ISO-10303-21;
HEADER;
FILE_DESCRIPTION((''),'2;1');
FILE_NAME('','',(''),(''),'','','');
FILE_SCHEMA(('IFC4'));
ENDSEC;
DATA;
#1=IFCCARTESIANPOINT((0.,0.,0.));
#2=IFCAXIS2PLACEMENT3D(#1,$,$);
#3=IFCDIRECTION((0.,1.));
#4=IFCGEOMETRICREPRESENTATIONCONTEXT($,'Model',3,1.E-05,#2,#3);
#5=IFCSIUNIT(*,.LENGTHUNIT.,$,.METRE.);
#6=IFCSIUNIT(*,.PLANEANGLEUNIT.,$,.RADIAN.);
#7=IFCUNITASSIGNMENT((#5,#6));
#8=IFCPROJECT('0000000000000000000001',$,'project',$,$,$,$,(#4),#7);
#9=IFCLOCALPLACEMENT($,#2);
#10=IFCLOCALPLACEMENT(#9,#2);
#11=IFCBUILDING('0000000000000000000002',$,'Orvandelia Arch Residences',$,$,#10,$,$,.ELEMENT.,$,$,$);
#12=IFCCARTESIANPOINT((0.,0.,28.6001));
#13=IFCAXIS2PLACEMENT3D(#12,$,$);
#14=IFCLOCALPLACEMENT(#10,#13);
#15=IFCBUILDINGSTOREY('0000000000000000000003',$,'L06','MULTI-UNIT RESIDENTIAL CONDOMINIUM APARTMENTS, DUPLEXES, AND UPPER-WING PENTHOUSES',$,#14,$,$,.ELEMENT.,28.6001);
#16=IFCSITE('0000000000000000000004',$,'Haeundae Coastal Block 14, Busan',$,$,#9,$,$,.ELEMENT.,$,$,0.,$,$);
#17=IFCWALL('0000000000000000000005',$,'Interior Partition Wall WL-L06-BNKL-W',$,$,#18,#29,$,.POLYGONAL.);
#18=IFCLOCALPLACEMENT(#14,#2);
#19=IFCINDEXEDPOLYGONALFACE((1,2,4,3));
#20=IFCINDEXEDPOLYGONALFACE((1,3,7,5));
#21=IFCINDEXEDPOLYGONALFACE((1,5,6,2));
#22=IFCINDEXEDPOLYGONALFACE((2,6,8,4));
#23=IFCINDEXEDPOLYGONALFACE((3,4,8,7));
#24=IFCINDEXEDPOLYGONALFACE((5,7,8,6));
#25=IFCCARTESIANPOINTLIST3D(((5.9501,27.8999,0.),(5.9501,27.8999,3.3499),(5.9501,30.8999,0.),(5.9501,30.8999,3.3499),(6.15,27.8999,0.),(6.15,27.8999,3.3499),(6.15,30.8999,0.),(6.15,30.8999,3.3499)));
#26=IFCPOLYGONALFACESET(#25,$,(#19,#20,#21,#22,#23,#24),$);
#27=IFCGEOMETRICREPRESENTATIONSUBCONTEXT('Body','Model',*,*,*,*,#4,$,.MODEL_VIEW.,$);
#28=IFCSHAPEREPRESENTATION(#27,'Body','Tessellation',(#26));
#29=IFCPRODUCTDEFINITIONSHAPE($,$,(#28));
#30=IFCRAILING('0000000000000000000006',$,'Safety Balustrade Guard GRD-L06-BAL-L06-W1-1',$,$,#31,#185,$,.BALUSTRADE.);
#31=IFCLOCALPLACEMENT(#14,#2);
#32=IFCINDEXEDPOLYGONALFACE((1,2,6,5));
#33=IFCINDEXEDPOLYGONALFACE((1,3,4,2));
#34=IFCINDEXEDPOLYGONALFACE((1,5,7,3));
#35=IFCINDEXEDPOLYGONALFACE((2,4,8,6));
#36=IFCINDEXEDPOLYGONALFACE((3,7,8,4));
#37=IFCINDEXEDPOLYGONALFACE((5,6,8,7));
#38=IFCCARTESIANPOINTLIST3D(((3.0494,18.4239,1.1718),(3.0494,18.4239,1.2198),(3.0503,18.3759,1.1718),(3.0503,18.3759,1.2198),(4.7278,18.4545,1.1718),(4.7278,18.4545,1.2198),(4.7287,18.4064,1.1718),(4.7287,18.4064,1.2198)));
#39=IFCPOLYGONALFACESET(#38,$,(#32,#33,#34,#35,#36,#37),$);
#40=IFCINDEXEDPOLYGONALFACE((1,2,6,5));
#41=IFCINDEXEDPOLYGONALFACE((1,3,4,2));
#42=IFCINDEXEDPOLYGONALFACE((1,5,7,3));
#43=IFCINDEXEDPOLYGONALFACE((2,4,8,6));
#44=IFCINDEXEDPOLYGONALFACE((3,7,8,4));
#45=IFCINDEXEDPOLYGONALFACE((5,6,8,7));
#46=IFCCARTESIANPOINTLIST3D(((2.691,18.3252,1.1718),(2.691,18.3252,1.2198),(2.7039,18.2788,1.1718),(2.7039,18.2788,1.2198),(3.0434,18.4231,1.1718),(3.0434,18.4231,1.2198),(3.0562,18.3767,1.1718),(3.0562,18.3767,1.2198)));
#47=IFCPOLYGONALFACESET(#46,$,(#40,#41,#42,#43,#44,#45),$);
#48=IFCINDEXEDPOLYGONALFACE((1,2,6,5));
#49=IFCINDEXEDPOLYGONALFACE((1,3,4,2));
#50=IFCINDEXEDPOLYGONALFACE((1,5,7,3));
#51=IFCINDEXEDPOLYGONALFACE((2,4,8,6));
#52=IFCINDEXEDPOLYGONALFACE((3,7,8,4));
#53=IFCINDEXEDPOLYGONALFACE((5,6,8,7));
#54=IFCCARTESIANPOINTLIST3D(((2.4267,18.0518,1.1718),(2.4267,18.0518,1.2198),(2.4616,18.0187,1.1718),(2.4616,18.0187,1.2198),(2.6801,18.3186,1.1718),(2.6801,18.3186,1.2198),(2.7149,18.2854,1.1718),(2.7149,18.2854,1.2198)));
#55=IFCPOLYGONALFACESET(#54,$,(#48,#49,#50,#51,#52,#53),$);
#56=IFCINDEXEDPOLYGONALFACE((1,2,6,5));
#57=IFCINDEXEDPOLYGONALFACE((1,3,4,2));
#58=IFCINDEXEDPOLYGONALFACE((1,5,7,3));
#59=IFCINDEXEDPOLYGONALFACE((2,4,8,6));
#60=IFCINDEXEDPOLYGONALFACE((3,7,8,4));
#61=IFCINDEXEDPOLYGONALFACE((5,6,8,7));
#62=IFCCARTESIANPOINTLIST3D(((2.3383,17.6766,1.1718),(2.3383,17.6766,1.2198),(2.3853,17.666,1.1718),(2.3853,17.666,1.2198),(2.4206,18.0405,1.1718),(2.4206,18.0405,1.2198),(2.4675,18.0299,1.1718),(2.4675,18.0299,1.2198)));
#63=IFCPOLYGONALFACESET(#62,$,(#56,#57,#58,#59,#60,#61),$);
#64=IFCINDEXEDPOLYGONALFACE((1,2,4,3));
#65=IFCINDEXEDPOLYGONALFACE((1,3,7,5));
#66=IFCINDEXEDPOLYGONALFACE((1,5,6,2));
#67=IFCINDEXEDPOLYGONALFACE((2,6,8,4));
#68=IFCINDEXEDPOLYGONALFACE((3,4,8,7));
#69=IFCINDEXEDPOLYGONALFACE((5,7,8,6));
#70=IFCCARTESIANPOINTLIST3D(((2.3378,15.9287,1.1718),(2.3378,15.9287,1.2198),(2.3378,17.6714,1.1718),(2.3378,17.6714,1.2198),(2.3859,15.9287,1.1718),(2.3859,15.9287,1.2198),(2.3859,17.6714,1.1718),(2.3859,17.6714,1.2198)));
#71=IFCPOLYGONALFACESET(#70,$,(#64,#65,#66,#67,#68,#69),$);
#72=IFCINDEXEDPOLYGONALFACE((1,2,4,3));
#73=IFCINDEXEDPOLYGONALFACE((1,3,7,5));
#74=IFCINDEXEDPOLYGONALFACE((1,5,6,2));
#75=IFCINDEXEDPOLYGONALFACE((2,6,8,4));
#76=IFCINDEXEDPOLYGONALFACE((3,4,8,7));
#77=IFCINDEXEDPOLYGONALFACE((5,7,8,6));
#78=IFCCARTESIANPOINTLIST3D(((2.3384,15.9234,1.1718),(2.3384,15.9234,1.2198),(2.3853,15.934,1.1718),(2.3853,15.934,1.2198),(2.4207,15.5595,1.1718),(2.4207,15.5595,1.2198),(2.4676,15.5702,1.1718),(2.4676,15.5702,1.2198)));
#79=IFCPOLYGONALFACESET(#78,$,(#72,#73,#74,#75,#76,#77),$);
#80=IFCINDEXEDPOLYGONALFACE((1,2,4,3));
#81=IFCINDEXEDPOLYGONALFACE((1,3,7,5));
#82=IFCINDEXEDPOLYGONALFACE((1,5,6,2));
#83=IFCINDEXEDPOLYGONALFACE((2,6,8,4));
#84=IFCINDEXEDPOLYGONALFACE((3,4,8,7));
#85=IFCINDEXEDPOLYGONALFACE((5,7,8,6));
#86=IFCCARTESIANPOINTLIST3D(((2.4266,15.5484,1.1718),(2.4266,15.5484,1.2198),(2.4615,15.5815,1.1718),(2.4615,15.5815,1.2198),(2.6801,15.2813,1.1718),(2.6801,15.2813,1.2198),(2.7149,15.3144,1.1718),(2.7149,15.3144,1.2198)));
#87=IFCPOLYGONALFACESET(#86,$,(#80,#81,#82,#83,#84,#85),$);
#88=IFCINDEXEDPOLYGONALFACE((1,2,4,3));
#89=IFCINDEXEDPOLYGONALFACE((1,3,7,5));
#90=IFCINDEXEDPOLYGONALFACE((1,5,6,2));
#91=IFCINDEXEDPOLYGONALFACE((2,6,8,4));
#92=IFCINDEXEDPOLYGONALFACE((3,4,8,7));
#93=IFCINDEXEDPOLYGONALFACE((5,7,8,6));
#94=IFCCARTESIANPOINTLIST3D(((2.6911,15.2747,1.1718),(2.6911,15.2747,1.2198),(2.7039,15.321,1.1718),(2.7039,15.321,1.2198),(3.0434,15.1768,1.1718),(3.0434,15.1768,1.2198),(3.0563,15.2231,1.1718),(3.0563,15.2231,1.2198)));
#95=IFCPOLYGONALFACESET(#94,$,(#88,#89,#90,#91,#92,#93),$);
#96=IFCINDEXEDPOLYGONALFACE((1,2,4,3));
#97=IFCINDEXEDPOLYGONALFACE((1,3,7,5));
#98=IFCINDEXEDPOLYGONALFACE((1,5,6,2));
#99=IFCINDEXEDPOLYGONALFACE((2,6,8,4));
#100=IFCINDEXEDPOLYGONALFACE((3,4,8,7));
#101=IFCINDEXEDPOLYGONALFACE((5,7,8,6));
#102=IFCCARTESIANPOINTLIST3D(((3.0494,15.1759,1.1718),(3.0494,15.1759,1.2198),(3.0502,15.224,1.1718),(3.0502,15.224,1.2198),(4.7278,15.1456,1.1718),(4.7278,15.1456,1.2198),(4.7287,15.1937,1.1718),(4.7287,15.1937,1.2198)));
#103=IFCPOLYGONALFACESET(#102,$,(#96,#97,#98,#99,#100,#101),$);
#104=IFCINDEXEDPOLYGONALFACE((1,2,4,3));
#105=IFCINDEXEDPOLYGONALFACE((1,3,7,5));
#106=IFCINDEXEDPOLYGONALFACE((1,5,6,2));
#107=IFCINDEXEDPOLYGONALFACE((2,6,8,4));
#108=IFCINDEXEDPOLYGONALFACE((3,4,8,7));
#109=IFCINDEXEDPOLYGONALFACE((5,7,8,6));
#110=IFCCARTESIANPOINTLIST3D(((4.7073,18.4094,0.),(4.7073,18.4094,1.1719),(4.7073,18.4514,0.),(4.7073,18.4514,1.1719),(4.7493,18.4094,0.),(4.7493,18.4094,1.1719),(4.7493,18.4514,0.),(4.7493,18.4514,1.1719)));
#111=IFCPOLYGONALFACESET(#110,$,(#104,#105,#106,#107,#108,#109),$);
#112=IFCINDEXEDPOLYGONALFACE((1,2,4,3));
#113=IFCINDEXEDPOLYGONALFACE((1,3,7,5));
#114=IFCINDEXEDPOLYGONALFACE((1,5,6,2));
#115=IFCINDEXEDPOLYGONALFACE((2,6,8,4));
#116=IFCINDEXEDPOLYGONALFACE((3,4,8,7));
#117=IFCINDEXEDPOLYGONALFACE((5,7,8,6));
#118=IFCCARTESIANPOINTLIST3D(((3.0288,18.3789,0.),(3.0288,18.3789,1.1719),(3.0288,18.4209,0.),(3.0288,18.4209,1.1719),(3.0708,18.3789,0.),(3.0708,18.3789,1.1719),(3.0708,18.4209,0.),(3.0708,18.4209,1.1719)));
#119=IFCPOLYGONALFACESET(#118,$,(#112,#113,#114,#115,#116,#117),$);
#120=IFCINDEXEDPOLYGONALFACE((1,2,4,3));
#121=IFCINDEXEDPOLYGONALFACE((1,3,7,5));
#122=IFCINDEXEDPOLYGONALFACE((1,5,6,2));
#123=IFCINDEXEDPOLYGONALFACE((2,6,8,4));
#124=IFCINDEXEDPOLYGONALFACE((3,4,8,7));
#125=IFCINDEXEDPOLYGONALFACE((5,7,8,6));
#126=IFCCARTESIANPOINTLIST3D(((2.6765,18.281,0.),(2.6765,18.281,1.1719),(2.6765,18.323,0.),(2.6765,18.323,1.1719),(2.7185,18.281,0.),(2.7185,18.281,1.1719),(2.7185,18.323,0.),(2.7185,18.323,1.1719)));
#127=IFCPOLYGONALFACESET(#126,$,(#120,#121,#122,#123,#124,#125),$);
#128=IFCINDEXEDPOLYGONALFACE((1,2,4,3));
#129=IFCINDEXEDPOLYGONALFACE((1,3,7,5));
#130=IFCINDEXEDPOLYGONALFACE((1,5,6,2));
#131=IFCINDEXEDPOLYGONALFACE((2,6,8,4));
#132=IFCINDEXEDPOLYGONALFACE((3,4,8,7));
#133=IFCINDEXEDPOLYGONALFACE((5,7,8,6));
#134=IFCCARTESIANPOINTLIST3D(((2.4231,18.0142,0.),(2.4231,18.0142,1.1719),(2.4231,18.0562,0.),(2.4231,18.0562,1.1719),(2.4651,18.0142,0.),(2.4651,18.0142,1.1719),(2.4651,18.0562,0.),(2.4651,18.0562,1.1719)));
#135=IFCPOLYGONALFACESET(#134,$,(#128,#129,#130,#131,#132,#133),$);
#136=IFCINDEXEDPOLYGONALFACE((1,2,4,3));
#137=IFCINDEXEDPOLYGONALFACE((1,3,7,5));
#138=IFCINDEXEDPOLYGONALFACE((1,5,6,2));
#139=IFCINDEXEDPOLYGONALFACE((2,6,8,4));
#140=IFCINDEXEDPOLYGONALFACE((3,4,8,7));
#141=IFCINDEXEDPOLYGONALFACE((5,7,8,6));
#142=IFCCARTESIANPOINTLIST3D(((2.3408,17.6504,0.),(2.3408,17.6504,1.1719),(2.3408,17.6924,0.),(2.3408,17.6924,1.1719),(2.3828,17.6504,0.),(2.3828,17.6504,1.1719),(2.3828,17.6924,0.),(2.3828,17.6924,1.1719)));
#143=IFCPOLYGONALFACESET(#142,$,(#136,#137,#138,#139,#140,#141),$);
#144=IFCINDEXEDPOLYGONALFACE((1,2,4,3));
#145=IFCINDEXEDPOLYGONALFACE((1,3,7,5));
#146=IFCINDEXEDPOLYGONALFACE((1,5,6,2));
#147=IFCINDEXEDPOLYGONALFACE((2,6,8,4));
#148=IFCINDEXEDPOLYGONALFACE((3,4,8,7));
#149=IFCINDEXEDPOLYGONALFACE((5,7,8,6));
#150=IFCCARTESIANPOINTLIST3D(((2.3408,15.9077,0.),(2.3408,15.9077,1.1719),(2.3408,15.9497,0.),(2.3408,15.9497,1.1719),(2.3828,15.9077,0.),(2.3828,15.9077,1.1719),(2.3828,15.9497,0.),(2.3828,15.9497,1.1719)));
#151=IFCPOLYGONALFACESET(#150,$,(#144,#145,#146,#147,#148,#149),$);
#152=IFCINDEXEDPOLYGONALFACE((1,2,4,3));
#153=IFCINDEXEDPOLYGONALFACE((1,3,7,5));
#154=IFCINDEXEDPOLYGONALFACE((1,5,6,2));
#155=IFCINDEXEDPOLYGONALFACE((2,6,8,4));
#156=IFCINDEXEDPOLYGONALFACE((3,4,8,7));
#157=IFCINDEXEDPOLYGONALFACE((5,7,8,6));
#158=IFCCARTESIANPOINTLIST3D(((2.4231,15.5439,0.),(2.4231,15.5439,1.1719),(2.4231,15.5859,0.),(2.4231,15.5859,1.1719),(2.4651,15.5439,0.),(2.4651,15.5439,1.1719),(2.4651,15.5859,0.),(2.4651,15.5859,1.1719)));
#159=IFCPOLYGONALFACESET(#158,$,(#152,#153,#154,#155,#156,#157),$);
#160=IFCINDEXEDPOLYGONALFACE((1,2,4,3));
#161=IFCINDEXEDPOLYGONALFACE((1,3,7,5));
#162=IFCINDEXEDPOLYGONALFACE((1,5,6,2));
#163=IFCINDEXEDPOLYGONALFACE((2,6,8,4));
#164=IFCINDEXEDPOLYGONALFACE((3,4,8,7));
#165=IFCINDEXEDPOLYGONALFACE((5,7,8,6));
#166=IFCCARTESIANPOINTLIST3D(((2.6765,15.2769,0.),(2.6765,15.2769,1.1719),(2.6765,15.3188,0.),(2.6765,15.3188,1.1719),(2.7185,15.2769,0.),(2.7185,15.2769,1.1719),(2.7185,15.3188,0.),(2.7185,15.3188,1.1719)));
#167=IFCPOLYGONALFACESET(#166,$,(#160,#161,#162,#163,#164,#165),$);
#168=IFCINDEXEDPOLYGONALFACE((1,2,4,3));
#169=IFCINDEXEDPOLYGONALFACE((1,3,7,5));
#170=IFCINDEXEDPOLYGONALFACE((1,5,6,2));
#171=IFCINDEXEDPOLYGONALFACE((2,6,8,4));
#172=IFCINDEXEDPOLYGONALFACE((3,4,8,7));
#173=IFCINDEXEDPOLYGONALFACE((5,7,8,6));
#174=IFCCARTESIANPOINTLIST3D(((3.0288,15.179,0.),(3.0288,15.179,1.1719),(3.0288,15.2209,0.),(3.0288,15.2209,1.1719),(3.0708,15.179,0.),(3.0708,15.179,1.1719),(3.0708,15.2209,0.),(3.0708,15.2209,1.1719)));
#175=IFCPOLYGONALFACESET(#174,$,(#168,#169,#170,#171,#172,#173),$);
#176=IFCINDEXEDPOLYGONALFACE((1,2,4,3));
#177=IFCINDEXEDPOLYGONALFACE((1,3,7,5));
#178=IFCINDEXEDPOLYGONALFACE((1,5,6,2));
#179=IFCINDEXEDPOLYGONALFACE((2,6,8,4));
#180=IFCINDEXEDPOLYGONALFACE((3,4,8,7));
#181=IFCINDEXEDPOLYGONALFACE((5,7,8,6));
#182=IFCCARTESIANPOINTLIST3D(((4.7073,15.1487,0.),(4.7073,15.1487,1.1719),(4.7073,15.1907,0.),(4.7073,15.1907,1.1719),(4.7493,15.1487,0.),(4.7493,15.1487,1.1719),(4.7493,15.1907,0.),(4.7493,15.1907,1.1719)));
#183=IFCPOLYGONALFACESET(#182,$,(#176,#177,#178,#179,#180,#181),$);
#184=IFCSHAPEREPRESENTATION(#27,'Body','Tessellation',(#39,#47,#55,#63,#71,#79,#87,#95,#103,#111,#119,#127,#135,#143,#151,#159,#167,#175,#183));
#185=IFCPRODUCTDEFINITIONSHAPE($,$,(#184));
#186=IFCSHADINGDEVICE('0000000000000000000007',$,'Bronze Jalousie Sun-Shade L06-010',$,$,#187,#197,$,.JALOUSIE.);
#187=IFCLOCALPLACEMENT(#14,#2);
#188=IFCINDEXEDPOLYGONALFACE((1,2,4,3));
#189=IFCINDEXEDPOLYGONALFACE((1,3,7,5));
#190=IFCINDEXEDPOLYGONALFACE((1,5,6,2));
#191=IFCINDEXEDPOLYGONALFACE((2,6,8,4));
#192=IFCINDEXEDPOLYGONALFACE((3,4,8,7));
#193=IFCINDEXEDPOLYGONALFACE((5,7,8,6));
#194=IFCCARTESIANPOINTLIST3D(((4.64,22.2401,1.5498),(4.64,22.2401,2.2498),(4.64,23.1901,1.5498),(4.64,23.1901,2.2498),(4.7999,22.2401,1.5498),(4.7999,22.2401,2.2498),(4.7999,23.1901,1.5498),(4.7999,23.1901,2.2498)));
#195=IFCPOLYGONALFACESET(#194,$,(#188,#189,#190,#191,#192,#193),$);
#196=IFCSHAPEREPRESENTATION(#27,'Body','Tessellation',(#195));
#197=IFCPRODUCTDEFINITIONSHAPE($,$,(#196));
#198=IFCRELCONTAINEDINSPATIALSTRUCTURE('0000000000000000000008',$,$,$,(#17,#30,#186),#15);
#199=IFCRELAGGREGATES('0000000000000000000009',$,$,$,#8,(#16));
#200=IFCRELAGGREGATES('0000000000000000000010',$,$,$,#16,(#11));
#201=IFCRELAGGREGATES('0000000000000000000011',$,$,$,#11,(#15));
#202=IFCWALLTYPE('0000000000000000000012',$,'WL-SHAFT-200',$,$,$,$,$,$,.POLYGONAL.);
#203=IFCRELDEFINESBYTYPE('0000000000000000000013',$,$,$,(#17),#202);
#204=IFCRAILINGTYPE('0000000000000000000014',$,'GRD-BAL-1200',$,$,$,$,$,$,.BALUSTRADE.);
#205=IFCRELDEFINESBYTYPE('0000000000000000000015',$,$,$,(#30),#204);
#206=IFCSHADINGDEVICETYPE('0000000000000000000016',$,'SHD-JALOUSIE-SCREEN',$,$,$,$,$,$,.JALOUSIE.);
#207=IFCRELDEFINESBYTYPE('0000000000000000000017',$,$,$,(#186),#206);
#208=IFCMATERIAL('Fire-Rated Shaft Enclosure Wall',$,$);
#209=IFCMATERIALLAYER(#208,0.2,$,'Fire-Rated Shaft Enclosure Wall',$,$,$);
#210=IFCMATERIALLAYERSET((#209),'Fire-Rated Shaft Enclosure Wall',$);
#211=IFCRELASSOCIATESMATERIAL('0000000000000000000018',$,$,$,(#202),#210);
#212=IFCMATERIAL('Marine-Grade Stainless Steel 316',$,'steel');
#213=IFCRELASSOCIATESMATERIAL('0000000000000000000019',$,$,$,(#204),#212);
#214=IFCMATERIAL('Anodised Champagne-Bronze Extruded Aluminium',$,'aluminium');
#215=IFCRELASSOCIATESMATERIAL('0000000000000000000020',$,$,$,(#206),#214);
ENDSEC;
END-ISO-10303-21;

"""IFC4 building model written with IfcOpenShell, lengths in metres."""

from ifc_helpers import new_model, si_unit, direction, frame, frame_2d, origin, origin_2d, place, context, subcontext, project, spatial, rectangle, extrude, material, layer, layer_set, type_object, element, save


model = new_model("IFC4")

# Units and contexts
model_context = context("Model", 3, precision=1e-05, world=origin(), true_north=direction((0.0, 1.0)))
body_context = subcontext(model_context, "Body", "Model", "MODEL_VIEW")
ifc_project = project(units=[si_unit("LENGTHUNIT", "METRE"), si_unit("PLANEANGLEUNIT", "RADIAN")], contexts=[model_context])

# Site, building, storey
site_placement = place(None, origin())
site = spatial("IfcSite", under=ifc_project, at=site_placement, Name="Haeundae Coastal Block 14, Busan", CompositionType="ELEMENT", RefElevation=0.0)
building_placement = place(site_placement, origin())
building = spatial("IfcBuilding", under=site, at=building_placement, Name="Orvandelia Arch Residences", CompositionType="ELEMENT")
storey_placement = place(building_placement, frame((0.0, 0.0, 28.6001)))
storey = spatial("IfcBuildingStorey", under=building, at=storey_placement, Name="L06", Description="MULTI-UNIT RESIDENTIAL CONDOMINIUM APARTMENTS, DUPLEXES, AND UPPER-WING PENTHOUSES", CompositionType="ELEMENT", Elevation=28.6001)

# Shared definitions
ifc_material_1 = material(Name="Fire-Rated Shaft Enclosure Wall")
ifc_layer_1 = layer(ifc_material_1, 0.2, Name="Fire-Rated Shaft Enclosure Wall")
ifc_layer_set_1 = layer_set([ifc_layer_1], Name="Fire-Rated Shaft Enclosure Wall")
wall_type_1 = type_object("IfcWallType", Name="WL-SHAFT-200", PredefinedType="POLYGONAL", material=ifc_layer_set_1)

# Wall
wall_1_placement = place(storey_placement, frame((6.05, 27.8999, 0.0), z_axis=(0.0, 0.0, 1.0), x_axis=(0.0, 1.0, 0.0)))
element("IfcWall", 1, at=wall_1_placement, inside=storey, type_object=wall_type_1, Name="Interior Partition Wall WL-L06-BNKL-W", PredefinedType="POLYGONAL", context=body_context, shape_type="SweptSolid", body=[
    extrude(rectangle(XDim=3.0, YDim=0.2, at=frame_2d((1.5, 0.0))), origin(), (0.0, 0.0, 1.0), 3.3499),
])

# Railing
ifc_material_2 = material(Name="Marine-Grade Stainless Steel 316", Category="steel")
railing_type = type_object("IfcRailingType", Name="GRD-BAL-1200", PredefinedType="BALUSTRADE", material=ifc_material_2)
railing_placement = place(storey_placement, frame((4.7283, 18.4304, 0.0)))
element("IfcRailing", 2, at=railing_placement, inside=storey, type_object=railing_type, Name="Safety Balustrade Guard GRD-L06-BAL-L06-W1-1", PredefinedType="BALUSTRADE", context=body_context, shape_type="SweptSolid", body=[
    extrude(rectangle(XDim=0.0481, YDim=0.0481, at=origin_2d()), frame((0.0, 0.0, 1.1958), z_axis=(-0.999835, -0.018179, 0.0), x_axis=(0.018179, -0.999835, 0.0)), (0.0, 0.0, 1.0), 1.6787),
    extrude(rectangle(XDim=0.0481, YDim=0.0481, at=origin_2d()), frame((-1.6785, -0.0305, 1.1958), z_axis=(-0.963489, -0.267747, 0.0), x_axis=(0.267747, -0.963489, 0.0)), (0.0, 0.0, 1.0), 0.3657),
    extrude(rectangle(XDim=0.0481, YDim=0.0481, at=origin_2d()), frame((-2.0308, -0.1284, 1.1958), z_axis=(-0.688627, -0.725115, 0.0), x_axis=(0.725115, -0.688627, 0.0)), (0.0, 0.0, 1.0), 0.3679),
    extrude(rectangle(XDim=0.0481, YDim=0.0481, at=origin_2d()), frame((-2.2842, -0.3953, 1.1958), z_axis=(-0.220602, -0.975364, 0.0), x_axis=(0.975364, -0.220602, 0.0)), (0.0, 0.0, 1.0), 0.373),
    extrude(rectangle(XDim=0.0481, YDim=0.0481, at=origin_2d()), frame((-2.3665, -0.759, 1.1958), z_axis=(0.0, -1.0, 0.0), x_axis=(1.0, 0.0, 0.0)), (0.0, 0.0, 1.0), 1.7427),
    extrude(rectangle(XDim=0.0481, YDim=0.0481, at=origin_2d()), frame((-2.3665, -2.5017, 1.1958), z_axis=(0.220602, -0.975364, 0.0), x_axis=(0.975364, 0.220602, 0.0)), (0.0, 0.0, 1.0), 0.373),
    extrude(rectangle(XDim=0.0481, YDim=0.0481, at=origin_2d()), frame((-2.2842, -2.8655, 1.1958), z_axis=(0.688296, -0.72543, 0.0), x_axis=(0.72543, 0.688296, 0.0)), (0.0, 0.0, 1.0), 0.3682),
    extrude(rectangle(XDim=0.0481, YDim=0.0481, at=origin_2d()), frame((-2.0308, -3.1326, 1.1958), z_axis=(0.963489, -0.267747, 0.0), x_axis=(0.267747, 0.963489, 0.0)), (0.0, 0.0, 1.0), 0.3657),
    extrude(rectangle(XDim=0.0481, YDim=0.0481, at=origin_2d()), frame((-1.6785, -3.2305, 1.1958), z_axis=(0.999837, -0.018033, 0.0), x_axis=(0.018033, 0.999837, 0.0)), (0.0, 0.0, 1.0), 1.6787),
    extrude(rectangle(XDim=0.042, YDim=0.042, at=origin_2d()), origin(), (0.0, 0.0, 1.0), 1.1719),
    extrude(rectangle(XDim=0.042, YDim=0.042, at=origin_2d()), frame((-1.6785, -0.0305, 0.0)), (0.0, 0.0, 1.0), 1.1719),
    extrude(rectangle(XDim=0.042, YDim=0.042, at=origin_2d()), frame((-2.0308, -0.1284, 0.0)), (0.0, 0.0, 1.0), 1.1719),
    extrude(rectangle(XDim=0.042, YDim=0.042, at=origin_2d()), frame((-2.2842, -0.3953, 0.0)), (0.0, 0.0, 1.0), 1.1719),
    extrude(rectangle(XDim=0.042, YDim=0.042, at=origin_2d()), frame((-2.3665, -0.759, 0.0)), (0.0, 0.0, 1.0), 1.1719),
    extrude(rectangle(XDim=0.042, YDim=0.042, at=origin_2d()), frame((-2.3665, -2.5017, 0.0)), (0.0, 0.0, 1.0), 1.1719),
    extrude(rectangle(XDim=0.042, YDim=0.042, at=origin_2d()), frame((-2.2842, -2.8655, 0.0)), (0.0, 0.0, 1.0), 1.1719),
    extrude(rectangle(XDim=0.042, YDim=0.042, at=origin_2d()), frame((-2.0308, -3.1326, 0.0)), (0.0, 0.0, 1.0), 1.1719),
    extrude(rectangle(XDim=0.042, YDim=0.042, at=origin_2d()), frame((-1.6785, -3.2305, 0.0)), (0.0, 0.0, 1.0), 1.1719),
    extrude(rectangle(XDim=0.042, YDim=0.042, at=origin_2d()), frame((0.0, -3.2607, 0.0)), (0.0, 0.0, 1.0), 1.1719),
])

# Shading device
ifc_material_3 = material(Name="Anodised Champagne-Bronze Extruded Aluminium", Category="aluminium")
shading_device_type = type_object("IfcShadingDeviceType", Name="SHD-JALOUSIE-SCREEN", PredefinedType="JALOUSIE", material=ifc_material_3)
shading_device_placement = place(storey_placement, frame((4.72, 22.7151, 1.5498), z_axis=(0.0, 0.0, 1.0), x_axis=(0.0, 1.0, 0.0)))
element("IfcShadingDevice", 3, at=shading_device_placement, inside=storey, type_object=shading_device_type, Name="Bronze Jalousie Sun-Shade L06-010", PredefinedType="JALOUSIE", context=body_context, shape_type="SweptSolid", body=[
    extrude(rectangle(XDim=0.95, YDim=0.1599, at=origin_2d()), origin(), (0.0, 0.0, 1.0), 0.7),
])

save(model, "model.ifc")
